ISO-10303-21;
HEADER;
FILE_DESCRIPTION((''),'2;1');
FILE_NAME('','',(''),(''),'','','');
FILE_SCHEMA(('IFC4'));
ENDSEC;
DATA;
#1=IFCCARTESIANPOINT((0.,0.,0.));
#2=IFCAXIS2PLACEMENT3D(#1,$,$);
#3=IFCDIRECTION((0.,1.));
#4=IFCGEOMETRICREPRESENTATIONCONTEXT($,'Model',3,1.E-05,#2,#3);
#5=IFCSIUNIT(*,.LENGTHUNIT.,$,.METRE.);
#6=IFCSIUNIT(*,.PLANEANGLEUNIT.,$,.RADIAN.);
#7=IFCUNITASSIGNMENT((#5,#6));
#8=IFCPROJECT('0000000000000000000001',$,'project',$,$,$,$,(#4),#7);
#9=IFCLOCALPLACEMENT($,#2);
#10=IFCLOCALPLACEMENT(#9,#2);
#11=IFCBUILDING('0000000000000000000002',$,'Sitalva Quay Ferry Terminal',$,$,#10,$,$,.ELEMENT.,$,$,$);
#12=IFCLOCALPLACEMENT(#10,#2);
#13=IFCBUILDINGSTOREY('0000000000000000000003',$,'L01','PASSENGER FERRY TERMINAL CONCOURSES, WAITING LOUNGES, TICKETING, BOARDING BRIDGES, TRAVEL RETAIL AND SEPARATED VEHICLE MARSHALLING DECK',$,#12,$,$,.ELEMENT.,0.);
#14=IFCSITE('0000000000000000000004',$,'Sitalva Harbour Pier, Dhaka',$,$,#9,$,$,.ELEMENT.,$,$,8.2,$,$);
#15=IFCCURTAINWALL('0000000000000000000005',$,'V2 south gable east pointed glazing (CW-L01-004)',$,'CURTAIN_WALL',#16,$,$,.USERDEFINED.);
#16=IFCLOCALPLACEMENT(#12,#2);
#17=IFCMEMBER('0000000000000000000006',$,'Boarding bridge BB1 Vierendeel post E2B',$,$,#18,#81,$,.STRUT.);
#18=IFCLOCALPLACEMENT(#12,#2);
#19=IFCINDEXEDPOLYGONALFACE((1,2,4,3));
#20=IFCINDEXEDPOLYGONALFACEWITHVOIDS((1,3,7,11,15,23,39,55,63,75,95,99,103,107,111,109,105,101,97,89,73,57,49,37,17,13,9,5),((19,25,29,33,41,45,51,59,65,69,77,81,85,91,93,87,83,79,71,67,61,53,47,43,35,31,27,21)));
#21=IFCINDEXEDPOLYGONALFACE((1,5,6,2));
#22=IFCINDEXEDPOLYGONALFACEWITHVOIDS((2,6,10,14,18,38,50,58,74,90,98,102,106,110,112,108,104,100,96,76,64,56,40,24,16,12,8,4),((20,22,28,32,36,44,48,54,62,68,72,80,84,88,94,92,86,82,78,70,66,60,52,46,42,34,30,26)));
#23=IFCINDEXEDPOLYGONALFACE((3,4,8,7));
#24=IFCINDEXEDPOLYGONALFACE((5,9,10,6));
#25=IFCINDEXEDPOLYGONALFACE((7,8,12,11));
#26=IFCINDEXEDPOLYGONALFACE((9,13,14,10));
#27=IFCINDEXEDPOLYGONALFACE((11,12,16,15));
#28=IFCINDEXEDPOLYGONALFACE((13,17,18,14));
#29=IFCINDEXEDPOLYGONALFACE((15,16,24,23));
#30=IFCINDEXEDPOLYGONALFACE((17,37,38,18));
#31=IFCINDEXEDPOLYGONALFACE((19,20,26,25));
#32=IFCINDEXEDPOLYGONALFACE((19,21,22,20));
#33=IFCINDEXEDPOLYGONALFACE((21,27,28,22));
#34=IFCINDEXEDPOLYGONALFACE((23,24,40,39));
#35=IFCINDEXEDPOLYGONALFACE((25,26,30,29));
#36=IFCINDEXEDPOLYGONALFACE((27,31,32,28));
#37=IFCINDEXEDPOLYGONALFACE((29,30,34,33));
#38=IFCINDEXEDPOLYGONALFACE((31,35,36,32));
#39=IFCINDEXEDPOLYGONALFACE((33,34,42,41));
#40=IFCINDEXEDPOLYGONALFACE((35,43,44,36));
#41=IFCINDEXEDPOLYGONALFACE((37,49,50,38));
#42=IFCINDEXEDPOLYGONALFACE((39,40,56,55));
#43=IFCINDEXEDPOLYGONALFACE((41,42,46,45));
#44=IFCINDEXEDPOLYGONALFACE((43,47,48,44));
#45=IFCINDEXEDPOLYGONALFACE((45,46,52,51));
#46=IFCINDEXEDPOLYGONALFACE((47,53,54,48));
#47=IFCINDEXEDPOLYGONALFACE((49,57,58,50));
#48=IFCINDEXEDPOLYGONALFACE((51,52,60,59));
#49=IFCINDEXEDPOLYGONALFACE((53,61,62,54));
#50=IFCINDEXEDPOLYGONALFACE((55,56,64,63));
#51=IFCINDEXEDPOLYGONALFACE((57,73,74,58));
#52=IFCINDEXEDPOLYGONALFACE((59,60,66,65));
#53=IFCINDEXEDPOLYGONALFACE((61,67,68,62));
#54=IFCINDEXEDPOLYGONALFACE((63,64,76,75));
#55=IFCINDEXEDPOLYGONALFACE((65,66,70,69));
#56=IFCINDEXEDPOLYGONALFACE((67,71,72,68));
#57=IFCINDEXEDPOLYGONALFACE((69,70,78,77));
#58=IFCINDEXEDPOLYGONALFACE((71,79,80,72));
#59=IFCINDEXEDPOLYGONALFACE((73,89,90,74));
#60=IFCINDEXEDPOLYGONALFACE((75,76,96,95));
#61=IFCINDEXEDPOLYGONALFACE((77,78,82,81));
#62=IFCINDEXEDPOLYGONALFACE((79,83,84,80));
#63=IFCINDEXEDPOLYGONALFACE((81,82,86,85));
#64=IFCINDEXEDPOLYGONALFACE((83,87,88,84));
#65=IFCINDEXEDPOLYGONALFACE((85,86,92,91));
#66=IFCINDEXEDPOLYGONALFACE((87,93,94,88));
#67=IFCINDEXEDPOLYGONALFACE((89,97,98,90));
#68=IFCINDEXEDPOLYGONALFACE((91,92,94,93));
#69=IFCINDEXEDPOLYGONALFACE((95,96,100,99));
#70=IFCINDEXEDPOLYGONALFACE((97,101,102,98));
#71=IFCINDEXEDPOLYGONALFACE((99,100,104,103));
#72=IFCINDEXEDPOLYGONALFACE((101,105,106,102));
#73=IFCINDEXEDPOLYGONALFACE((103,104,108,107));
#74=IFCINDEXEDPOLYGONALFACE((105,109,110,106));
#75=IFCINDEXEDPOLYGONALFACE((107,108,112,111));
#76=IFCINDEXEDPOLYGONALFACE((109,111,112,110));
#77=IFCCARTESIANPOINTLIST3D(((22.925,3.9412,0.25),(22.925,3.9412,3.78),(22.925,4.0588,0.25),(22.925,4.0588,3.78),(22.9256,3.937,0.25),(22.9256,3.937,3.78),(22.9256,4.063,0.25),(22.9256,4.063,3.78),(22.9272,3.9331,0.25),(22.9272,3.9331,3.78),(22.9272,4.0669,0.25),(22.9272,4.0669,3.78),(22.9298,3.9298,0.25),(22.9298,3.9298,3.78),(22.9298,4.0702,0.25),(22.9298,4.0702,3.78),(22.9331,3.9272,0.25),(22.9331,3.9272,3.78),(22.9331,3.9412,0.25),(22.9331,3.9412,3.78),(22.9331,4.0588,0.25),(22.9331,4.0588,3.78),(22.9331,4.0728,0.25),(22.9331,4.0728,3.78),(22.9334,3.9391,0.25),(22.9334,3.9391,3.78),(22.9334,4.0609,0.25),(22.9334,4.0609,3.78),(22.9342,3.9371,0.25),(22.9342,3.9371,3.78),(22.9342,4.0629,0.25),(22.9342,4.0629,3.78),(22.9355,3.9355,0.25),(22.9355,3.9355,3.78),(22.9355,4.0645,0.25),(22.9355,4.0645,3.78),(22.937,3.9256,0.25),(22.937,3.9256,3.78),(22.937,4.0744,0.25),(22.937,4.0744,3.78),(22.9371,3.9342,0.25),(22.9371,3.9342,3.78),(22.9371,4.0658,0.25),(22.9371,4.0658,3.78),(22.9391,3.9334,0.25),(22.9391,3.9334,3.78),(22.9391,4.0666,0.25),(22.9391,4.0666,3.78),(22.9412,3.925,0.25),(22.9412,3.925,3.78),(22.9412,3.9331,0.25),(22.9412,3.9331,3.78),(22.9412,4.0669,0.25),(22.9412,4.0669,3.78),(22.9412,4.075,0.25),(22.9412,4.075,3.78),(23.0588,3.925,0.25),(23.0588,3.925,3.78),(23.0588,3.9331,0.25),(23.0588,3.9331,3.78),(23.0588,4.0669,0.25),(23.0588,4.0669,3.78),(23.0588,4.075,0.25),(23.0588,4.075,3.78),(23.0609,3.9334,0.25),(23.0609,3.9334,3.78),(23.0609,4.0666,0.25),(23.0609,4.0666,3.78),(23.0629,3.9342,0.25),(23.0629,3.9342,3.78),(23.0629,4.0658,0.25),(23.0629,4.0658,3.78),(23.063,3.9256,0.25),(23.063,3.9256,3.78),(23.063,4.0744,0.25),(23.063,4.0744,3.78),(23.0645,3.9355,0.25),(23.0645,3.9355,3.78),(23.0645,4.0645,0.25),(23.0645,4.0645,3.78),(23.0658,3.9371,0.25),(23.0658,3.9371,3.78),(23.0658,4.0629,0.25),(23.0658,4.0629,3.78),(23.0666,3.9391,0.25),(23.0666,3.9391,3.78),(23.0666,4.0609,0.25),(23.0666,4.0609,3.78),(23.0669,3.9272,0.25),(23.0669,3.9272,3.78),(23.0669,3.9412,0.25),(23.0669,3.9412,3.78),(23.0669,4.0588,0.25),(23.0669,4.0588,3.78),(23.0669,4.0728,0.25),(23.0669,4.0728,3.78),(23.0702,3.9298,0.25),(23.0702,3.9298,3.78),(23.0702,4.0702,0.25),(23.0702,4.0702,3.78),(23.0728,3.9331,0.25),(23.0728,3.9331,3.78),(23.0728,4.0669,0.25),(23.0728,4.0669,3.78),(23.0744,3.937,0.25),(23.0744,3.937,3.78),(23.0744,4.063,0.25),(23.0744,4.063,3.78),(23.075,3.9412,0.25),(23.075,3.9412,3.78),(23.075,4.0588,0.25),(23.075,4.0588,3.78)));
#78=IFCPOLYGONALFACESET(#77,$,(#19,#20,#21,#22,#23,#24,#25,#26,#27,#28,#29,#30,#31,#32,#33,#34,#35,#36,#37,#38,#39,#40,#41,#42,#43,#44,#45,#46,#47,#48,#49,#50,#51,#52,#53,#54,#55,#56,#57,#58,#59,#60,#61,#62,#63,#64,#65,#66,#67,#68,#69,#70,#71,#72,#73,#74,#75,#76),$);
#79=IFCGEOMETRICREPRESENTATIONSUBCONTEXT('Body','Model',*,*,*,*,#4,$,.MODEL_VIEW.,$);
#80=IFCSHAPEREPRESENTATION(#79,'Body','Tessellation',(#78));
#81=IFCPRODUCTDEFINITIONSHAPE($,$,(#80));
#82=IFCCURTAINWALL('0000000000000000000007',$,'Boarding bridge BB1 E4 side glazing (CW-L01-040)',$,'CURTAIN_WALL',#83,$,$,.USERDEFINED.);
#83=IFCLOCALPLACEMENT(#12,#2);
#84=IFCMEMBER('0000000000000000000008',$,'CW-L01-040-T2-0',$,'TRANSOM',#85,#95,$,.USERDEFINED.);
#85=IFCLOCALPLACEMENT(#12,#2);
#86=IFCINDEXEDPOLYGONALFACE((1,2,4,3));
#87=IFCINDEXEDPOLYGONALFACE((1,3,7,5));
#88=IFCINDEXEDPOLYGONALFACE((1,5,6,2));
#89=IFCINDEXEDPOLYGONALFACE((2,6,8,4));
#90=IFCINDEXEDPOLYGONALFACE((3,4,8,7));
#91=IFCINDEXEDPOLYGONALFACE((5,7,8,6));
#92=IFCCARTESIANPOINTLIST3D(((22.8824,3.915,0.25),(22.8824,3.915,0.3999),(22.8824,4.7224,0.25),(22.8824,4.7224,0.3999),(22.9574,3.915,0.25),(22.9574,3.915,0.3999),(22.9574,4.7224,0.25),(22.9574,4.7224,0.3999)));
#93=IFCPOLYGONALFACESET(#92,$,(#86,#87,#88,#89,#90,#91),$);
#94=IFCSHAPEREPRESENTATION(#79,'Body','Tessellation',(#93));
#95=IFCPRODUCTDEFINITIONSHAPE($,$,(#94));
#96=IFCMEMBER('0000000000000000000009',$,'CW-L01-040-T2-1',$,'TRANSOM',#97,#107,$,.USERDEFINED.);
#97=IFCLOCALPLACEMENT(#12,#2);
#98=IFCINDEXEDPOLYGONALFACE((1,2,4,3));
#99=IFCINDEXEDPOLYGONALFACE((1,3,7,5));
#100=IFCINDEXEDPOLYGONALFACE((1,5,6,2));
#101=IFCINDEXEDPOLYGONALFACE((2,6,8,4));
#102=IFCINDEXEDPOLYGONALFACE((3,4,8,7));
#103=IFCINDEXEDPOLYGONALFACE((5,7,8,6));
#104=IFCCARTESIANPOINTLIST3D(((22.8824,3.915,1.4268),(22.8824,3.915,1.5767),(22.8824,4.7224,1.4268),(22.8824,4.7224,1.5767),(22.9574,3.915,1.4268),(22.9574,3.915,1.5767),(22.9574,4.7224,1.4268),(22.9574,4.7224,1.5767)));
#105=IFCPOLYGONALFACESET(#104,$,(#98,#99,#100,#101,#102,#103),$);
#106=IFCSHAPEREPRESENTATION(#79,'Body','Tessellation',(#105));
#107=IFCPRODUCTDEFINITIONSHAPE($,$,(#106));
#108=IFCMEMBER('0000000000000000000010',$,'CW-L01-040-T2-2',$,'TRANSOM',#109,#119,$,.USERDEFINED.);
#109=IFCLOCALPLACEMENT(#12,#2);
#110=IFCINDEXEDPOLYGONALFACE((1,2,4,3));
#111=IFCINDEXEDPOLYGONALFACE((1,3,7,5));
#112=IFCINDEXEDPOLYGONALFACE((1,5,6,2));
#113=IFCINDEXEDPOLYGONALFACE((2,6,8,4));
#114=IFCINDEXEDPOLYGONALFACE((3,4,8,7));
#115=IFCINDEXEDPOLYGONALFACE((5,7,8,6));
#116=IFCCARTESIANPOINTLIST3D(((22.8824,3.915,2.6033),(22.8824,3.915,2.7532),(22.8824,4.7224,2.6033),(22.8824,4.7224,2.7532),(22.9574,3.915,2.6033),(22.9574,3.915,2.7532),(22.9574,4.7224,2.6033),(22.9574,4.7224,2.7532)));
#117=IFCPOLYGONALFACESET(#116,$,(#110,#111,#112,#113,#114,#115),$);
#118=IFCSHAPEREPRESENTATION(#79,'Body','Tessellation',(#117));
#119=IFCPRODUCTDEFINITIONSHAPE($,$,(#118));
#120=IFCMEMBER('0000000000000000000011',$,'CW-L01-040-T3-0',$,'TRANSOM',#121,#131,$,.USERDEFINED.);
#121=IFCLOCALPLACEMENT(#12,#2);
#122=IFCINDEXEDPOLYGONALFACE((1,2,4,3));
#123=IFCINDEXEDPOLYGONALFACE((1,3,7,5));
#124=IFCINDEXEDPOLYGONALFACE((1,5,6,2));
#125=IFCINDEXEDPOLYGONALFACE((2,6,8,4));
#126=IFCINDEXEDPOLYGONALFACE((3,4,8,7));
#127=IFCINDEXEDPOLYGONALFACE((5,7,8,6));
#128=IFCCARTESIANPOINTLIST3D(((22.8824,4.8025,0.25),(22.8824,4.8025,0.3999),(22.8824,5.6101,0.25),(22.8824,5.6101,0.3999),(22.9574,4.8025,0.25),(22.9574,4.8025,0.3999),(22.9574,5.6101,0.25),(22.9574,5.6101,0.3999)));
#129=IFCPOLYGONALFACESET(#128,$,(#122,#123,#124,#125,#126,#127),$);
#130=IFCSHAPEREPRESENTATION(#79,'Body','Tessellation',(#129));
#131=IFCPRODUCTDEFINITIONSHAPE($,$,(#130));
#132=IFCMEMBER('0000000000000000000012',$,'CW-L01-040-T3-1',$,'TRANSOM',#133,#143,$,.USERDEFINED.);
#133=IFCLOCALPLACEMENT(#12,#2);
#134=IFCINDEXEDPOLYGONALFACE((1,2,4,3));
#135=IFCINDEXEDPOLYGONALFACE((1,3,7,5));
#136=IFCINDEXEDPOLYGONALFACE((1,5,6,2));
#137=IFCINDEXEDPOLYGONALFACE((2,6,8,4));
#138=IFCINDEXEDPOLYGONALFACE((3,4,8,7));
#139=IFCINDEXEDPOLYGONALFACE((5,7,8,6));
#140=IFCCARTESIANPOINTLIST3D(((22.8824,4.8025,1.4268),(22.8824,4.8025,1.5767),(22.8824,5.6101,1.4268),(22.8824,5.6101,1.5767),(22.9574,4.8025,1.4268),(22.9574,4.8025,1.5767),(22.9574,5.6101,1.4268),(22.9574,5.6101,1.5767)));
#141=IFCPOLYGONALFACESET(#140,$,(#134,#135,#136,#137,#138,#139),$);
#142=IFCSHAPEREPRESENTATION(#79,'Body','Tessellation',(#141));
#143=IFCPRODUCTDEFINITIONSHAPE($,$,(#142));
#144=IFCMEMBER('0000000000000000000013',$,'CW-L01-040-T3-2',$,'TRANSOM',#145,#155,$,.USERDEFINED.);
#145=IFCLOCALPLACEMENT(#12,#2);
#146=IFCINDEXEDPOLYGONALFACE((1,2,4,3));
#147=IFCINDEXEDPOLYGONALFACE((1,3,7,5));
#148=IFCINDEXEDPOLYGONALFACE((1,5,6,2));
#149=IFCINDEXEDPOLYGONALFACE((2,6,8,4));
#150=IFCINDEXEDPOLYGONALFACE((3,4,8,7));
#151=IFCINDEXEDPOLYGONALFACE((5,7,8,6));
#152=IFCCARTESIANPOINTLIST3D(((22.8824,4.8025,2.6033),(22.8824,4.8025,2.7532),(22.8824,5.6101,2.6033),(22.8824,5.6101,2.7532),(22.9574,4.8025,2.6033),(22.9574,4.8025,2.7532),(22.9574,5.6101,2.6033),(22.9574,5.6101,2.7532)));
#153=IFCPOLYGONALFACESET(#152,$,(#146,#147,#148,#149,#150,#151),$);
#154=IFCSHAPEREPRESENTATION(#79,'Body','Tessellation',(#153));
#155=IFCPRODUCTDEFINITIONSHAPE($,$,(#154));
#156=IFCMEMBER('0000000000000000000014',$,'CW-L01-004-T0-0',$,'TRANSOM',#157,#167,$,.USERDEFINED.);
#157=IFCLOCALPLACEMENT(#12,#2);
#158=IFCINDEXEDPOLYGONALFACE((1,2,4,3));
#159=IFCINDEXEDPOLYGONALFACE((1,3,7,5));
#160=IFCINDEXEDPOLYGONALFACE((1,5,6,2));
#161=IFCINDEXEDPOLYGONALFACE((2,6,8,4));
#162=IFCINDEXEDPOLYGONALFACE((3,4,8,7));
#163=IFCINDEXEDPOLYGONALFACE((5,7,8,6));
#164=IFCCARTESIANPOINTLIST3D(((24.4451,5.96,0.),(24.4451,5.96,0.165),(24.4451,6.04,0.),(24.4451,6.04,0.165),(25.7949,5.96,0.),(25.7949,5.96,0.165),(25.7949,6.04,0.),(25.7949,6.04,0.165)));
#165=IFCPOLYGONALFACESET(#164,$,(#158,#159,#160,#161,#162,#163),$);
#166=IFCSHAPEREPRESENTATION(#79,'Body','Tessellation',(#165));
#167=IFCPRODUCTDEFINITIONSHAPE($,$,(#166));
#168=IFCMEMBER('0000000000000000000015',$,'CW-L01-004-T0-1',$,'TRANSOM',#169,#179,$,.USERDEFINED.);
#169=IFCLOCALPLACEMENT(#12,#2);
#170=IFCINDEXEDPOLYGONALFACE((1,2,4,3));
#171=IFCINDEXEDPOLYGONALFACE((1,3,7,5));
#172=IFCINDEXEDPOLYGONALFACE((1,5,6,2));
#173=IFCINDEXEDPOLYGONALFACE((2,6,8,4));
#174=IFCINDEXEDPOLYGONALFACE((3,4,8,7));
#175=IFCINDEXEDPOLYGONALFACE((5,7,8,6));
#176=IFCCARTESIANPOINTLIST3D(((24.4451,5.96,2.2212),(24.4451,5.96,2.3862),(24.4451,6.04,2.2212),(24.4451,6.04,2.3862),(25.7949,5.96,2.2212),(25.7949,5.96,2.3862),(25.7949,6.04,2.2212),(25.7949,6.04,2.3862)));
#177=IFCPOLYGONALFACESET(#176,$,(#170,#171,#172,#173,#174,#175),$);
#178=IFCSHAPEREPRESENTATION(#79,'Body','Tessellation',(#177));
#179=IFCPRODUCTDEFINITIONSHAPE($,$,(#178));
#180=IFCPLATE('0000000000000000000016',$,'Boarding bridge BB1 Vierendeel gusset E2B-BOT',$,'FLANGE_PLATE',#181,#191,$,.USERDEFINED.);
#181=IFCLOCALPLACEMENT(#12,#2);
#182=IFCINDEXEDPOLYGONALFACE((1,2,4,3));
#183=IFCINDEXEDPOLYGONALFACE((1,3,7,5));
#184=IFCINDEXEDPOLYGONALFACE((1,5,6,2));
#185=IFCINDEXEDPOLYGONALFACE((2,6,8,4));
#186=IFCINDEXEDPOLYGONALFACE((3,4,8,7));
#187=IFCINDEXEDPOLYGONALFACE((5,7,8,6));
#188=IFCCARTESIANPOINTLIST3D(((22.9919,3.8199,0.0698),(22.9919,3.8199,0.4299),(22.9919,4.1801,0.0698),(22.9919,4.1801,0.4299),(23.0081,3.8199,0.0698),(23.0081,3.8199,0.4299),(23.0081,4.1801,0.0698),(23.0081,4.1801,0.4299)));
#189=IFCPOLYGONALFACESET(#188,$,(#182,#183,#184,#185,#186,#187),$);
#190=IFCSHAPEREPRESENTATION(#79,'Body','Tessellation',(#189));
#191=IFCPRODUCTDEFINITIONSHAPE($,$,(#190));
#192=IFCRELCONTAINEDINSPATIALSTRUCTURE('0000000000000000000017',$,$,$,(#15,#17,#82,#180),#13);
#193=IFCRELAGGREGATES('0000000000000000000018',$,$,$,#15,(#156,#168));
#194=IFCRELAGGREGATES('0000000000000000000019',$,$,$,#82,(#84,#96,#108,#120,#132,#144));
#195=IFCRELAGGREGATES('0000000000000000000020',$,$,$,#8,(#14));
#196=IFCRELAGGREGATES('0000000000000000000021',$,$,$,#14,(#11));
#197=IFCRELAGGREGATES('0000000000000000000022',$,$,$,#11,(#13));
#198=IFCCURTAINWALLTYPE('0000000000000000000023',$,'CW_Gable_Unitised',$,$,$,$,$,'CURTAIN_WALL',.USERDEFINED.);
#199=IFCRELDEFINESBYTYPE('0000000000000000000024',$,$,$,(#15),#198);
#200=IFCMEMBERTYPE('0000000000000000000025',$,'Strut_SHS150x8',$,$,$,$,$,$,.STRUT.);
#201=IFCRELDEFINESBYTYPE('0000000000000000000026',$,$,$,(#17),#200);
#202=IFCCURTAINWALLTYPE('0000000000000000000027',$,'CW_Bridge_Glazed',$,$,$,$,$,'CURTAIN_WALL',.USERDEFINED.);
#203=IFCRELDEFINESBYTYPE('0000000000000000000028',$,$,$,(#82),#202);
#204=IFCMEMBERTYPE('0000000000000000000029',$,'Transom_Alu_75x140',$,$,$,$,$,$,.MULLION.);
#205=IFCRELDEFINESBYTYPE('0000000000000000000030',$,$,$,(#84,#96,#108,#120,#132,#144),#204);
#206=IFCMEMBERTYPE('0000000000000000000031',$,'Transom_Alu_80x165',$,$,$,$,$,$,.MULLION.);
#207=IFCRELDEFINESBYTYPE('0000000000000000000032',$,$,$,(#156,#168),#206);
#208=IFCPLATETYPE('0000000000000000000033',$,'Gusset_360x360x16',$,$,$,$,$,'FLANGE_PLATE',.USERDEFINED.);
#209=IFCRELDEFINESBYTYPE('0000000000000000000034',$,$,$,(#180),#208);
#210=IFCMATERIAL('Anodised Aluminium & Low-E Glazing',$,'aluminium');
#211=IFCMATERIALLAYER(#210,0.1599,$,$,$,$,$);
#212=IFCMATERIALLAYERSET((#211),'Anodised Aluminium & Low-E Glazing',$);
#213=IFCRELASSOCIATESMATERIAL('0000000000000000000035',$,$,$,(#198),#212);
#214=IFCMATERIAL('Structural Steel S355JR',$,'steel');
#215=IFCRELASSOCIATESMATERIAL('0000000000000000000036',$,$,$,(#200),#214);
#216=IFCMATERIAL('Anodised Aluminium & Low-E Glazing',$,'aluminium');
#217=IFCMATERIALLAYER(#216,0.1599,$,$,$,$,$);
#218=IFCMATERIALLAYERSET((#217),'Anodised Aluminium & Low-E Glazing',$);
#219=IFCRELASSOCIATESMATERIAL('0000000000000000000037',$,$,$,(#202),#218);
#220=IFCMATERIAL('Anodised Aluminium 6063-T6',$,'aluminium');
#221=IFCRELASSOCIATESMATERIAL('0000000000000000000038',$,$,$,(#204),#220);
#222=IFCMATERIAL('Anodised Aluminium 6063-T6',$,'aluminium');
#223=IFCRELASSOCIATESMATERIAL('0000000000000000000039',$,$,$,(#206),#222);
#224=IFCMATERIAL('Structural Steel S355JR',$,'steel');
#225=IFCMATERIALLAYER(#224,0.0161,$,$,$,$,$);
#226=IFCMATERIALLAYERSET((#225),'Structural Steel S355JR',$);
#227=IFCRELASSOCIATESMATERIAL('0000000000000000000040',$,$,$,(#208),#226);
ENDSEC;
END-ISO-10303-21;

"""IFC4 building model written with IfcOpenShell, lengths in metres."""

from ifc_helpers import new_model, si_unit, direction, frame, origin, origin_2d, place, context, subcontext, project, spatial, rectangle, hollow_rectangle, extrude, material, layer, layer_set, material_profile, profile_set, type_object, element, aggregate, save


model = new_model("IFC4")

# Units and contexts
model_context = context("Model", 3, precision=1e-05, world=origin(), true_north=direction((0.0, 1.0)))
body_context = subcontext(model_context, "Body", "Model", "MODEL_VIEW")
ifc_project = project(units=[si_unit("LENGTHUNIT", "METRE"), si_unit("PLANEANGLEUNIT", "RADIAN")], contexts=[model_context])

# Site, building, storey
site_placement = place(None, origin())
site = spatial("IfcSite", under=ifc_project, at=site_placement, Name="Sitalva Harbour Pier, Dhaka", CompositionType="ELEMENT", RefElevation=8.2)
building_placement = place(site_placement, origin())
building = spatial("IfcBuilding", under=site, at=building_placement, Name="Sitalva Quay Ferry Terminal", CompositionType="ELEMENT")
storey_placement = place(building_placement, origin())
storey = spatial("IfcBuildingStorey", under=building, at=storey_placement, Name="L01", Description="PASSENGER FERRY TERMINAL CONCOURSES, WAITING LOUNGES, TICKETING, BOARDING BRIDGES, TRAVEL RETAIL AND SEPARATED VEHICLE MARSHALLING DECK", CompositionType="ELEMENT", Elevation=0.0)

# Curtain wall
ifc_material_1 = material(Name="Anodised Aluminium & Low-E Glazing", Category="aluminium")
ifc_layer_1 = layer(ifc_material_1, 0.1599)
ifc_layer_set_1 = layer_set([ifc_layer_1], Name="Anodised Aluminium & Low-E Glazing")
curtain_wall_type_1 = type_object("IfcCurtainWallType", Name="CW_Gable_Unitised", ElementType="CURTAIN_WALL", PredefinedType="USERDEFINED", material=ifc_layer_set_1)
curtain_wall_1_placement = place(storey_placement, origin())
curtain_wall_1 = element("IfcCurtainWall", 1, at=curtain_wall_1_placement, inside=storey, type_object=curtain_wall_type_1, Name="V2 south gable east pointed glazing (CW-L01-004)", ObjectType="CURTAIN_WALL", PredefinedType="USERDEFINED")

# Member
ifc_material_2 = material(Name="Structural Steel S355JR", Category="steel")
ifc_material_profile_1 = material_profile(ifc_material_2, hollow_rectangle(XDim=0.1499, YDim=0.1499, WallThickness=0.0081, InnerFilletRadius=0.0081, OuterFilletRadius=0.0161, at=origin_2d()), Name="SHS150x150x8")
ifc_profile_set_1 = profile_set([ifc_material_profile_1], Name="Structural Steel S355JR")
member_type_1 = type_object("IfcMemberType", Name="Strut_SHS150x8", PredefinedType="STRUT", material=ifc_profile_set_1)
member_1_placement = place(storey_placement, frame((23.0, 4.0, 0.25), z_axis=(0.0, 0.0, 1.0), x_axis=(1.0, 0.0, 0.0)))
element("IfcMember", 2, at=member_1_placement, inside=storey, type_object=member_type_1, Name="Boarding bridge BB1 Vierendeel post E2B", PredefinedType="STRUT", context=body_context, shape_type="SweptSolid", body=[
    extrude(hollow_rectangle(XDim=0.1499, YDim=0.1499, WallThickness=0.0081, InnerFilletRadius=0.0081, OuterFilletRadius=0.0161, at=origin_2d()), origin(), (0.0, 0.0, 1.0), 3.53),
])

# Curtain wall, members
ifc_material_3 = material(Name="Anodised Aluminium & Low-E Glazing", Category="aluminium")
ifc_layer_2 = layer(ifc_material_3, 0.1599)
ifc_layer_set_2 = layer_set([ifc_layer_2], Name="Anodised Aluminium & Low-E Glazing")
curtain_wall_type_2 = type_object("IfcCurtainWallType", Name="CW_Bridge_Glazed", ElementType="CURTAIN_WALL", PredefinedType="USERDEFINED", material=ifc_layer_set_2)
curtain_wall_2_placement = place(storey_placement, origin())
curtain_wall_2 = element("IfcCurtainWall", 3, at=curtain_wall_2_placement, inside=storey, type_object=curtain_wall_type_2, Name="Boarding bridge BB1 E4 side glazing (CW-L01-040)", ObjectType="CURTAIN_WALL", PredefinedType="USERDEFINED")
ifc_material_4 = material(Name="Anodised Aluminium 6063-T6", Category="aluminium")
ifc_material_profile_2 = material_profile(ifc_material_4, rectangle(XDim=0.075, YDim=0.1499, at=origin_2d()), Name="ALU75x150")
ifc_profile_set_2 = profile_set([ifc_material_profile_2], Name="Anodised Aluminium 6063-T6")
member_type_2 = type_object("IfcMemberType", Name="Transom_Alu_75x140", PredefinedType="MULLION", material=ifc_profile_set_2)
member_2_placement = place(storey_placement, frame((22.9199, 3.915, 0.325), z_axis=(0.0, 1.0, 0.0), x_axis=(-1.0, 0.0, 0.0)))
member_2 = element("IfcMember", 4, at=member_2_placement, type_object=member_type_2, Name="CW-L01-040-T2-0", ObjectType="TRANSOM", PredefinedType="USERDEFINED", context=body_context, shape_type="SweptSolid", body=[
    extrude(rectangle(XDim=0.075, YDim=0.1499, at=origin_2d()), origin(), (0.0, 0.0, 1.0), 0.8074),
])
member_3_placement = place(storey_placement, frame((22.9199, 3.915, 1.5017), z_axis=(0.0, 1.0, 0.0), x_axis=(-1.0, 0.0, 0.0)))
member_3 = element("IfcMember", 5, at=member_3_placement, type_object=member_type_2, Name="CW-L01-040-T2-1", ObjectType="TRANSOM", PredefinedType="USERDEFINED", context=body_context, shape_type="SweptSolid", body=[
    extrude(rectangle(XDim=0.075, YDim=0.1499, at=origin_2d()), origin(), (0.0, 0.0, 1.0), 0.8074),
])
member_4_placement = place(storey_placement, frame((22.9199, 3.915, 2.6782), z_axis=(0.0, 1.0, 0.0), x_axis=(-1.0, 0.0, 0.0)))
member_4 = element("IfcMember", 6, at=member_4_placement, type_object=member_type_2, Name="CW-L01-040-T2-2", ObjectType="TRANSOM", PredefinedType="USERDEFINED", context=body_context, shape_type="SweptSolid", body=[
    extrude(rectangle(XDim=0.075, YDim=0.1499, at=origin_2d()), origin(), (0.0, 0.0, 1.0), 0.8074),
])
member_5_placement = place(storey_placement, frame((22.9199, 4.8025, 0.325), z_axis=(0.0, 1.0, 0.0), x_axis=(-1.0, 0.0, 0.0)))
member_5 = element("IfcMember", 7, at=member_5_placement, type_object=member_type_2, Name="CW-L01-040-T3-0", ObjectType="TRANSOM", PredefinedType="USERDEFINED", context=body_context, shape_type="SweptSolid", body=[
    extrude(rectangle(XDim=0.075, YDim=0.1499, at=origin_2d()), origin(), (0.0, 0.0, 1.0), 0.8076),
])
member_6_placement = place(storey_placement, frame((22.9199, 4.8025, 1.5017), z_axis=(0.0, 1.0, 0.0), x_axis=(-1.0, 0.0, 0.0)))
member_6 = element("IfcMember", 8, at=member_6_placement, type_object=member_type_2, Name="CW-L01-040-T3-1", ObjectType="TRANSOM", PredefinedType="USERDEFINED", context=body_context, shape_type="SweptSolid", body=[
    extrude(rectangle(XDim=0.075, YDim=0.1499, at=origin_2d()), origin(), (0.0, 0.0, 1.0), 0.8076),
])
member_7_placement = place(storey_placement, frame((22.9199, 4.8025, 2.6782), z_axis=(0.0, 1.0, 0.0), x_axis=(-1.0, 0.0, 0.0)))
member_7 = element("IfcMember", 9, at=member_7_placement, type_object=member_type_2, Name="CW-L01-040-T3-2", ObjectType="TRANSOM", PredefinedType="USERDEFINED", context=body_context, shape_type="SweptSolid", body=[
    extrude(rectangle(XDim=0.075, YDim=0.1499, at=origin_2d()), origin(), (0.0, 0.0, 1.0), 0.8076),
])

# Members
ifc_material_5 = material(Name="Anodised Aluminium 6063-T6", Category="aluminium")
ifc_material_profile_3 = material_profile(ifc_material_5, rectangle(XDim=0.0801, YDim=0.165, at=origin_2d()), Name="ALU80x165")
ifc_profile_set_3 = profile_set([ifc_material_profile_3], Name="Anodised Aluminium 6063-T6")
member_type_3 = type_object("IfcMemberType", Name="Transom_Alu_80x165", PredefinedType="MULLION", material=ifc_profile_set_3)
member_8_placement = place(storey_placement, frame((24.4451, 6.0, 0.0825), z_axis=(1.0, 0.0, 0.0), x_axis=(0.0, 1.0, 0.0)))
member_8 = element("IfcMember", 10, at=member_8_placement, type_object=member_type_3, Name="CW-L01-004-T0-0", ObjectType="TRANSOM", PredefinedType="USERDEFINED", context=body_context, shape_type="SweptSolid", body=[
    extrude(rectangle(XDim=0.0801, YDim=0.165, at=origin_2d()), origin(), (0.0, 0.0, 1.0), 1.3499),
])
member_9_placement = place(storey_placement, frame((24.4451, 6.0, 2.3037), z_axis=(1.0, 0.0, 0.0), x_axis=(0.0, 1.0, 0.0)))
member_9 = element("IfcMember", 11, at=member_9_placement, type_object=member_type_3, Name="CW-L01-004-T0-1", ObjectType="TRANSOM", PredefinedType="USERDEFINED", context=body_context, shape_type="SweptSolid", body=[
    extrude(rectangle(XDim=0.0801, YDim=0.165, at=origin_2d()), origin(), (0.0, 0.0, 1.0), 1.3499),
])

# Plate
ifc_material_6 = material(Name="Structural Steel S355JR", Category="steel")
ifc_layer_3 = layer(ifc_material_6, 0.0161)
ifc_layer_set_3 = layer_set([ifc_layer_3], Name="Structural Steel S355JR")
plate_type_1 = type_object("IfcPlateType", Name="Gusset_360x360x16", ElementType="FLANGE_PLATE", PredefinedType="USERDEFINED", material=ifc_layer_set_3)
plate_1_placement = place(storey_placement, frame((23.0, 4.0, 0.0698), z_axis=(0.0, 0.0, 1.0), x_axis=(1.0, 0.0, 0.0)))
element("IfcPlate", 12, at=plate_1_placement, inside=storey, type_object=plate_type_1, Name="Boarding bridge BB1 Vierendeel gusset E2B-BOT", ObjectType="FLANGE_PLATE", PredefinedType="USERDEFINED", context=body_context, shape_type="SweptSolid", body=[
    extrude(rectangle(XDim=0.0161, YDim=0.3601, at=origin_2d()), origin(), (0.0, 0.0, 1.0), 0.3601),
])
aggregate(curtain_wall_1, [member_8, member_9])
aggregate(curtain_wall_2, [member_2, member_3, member_4, member_5, member_6, member_7])

save(model, "model.ifc")
